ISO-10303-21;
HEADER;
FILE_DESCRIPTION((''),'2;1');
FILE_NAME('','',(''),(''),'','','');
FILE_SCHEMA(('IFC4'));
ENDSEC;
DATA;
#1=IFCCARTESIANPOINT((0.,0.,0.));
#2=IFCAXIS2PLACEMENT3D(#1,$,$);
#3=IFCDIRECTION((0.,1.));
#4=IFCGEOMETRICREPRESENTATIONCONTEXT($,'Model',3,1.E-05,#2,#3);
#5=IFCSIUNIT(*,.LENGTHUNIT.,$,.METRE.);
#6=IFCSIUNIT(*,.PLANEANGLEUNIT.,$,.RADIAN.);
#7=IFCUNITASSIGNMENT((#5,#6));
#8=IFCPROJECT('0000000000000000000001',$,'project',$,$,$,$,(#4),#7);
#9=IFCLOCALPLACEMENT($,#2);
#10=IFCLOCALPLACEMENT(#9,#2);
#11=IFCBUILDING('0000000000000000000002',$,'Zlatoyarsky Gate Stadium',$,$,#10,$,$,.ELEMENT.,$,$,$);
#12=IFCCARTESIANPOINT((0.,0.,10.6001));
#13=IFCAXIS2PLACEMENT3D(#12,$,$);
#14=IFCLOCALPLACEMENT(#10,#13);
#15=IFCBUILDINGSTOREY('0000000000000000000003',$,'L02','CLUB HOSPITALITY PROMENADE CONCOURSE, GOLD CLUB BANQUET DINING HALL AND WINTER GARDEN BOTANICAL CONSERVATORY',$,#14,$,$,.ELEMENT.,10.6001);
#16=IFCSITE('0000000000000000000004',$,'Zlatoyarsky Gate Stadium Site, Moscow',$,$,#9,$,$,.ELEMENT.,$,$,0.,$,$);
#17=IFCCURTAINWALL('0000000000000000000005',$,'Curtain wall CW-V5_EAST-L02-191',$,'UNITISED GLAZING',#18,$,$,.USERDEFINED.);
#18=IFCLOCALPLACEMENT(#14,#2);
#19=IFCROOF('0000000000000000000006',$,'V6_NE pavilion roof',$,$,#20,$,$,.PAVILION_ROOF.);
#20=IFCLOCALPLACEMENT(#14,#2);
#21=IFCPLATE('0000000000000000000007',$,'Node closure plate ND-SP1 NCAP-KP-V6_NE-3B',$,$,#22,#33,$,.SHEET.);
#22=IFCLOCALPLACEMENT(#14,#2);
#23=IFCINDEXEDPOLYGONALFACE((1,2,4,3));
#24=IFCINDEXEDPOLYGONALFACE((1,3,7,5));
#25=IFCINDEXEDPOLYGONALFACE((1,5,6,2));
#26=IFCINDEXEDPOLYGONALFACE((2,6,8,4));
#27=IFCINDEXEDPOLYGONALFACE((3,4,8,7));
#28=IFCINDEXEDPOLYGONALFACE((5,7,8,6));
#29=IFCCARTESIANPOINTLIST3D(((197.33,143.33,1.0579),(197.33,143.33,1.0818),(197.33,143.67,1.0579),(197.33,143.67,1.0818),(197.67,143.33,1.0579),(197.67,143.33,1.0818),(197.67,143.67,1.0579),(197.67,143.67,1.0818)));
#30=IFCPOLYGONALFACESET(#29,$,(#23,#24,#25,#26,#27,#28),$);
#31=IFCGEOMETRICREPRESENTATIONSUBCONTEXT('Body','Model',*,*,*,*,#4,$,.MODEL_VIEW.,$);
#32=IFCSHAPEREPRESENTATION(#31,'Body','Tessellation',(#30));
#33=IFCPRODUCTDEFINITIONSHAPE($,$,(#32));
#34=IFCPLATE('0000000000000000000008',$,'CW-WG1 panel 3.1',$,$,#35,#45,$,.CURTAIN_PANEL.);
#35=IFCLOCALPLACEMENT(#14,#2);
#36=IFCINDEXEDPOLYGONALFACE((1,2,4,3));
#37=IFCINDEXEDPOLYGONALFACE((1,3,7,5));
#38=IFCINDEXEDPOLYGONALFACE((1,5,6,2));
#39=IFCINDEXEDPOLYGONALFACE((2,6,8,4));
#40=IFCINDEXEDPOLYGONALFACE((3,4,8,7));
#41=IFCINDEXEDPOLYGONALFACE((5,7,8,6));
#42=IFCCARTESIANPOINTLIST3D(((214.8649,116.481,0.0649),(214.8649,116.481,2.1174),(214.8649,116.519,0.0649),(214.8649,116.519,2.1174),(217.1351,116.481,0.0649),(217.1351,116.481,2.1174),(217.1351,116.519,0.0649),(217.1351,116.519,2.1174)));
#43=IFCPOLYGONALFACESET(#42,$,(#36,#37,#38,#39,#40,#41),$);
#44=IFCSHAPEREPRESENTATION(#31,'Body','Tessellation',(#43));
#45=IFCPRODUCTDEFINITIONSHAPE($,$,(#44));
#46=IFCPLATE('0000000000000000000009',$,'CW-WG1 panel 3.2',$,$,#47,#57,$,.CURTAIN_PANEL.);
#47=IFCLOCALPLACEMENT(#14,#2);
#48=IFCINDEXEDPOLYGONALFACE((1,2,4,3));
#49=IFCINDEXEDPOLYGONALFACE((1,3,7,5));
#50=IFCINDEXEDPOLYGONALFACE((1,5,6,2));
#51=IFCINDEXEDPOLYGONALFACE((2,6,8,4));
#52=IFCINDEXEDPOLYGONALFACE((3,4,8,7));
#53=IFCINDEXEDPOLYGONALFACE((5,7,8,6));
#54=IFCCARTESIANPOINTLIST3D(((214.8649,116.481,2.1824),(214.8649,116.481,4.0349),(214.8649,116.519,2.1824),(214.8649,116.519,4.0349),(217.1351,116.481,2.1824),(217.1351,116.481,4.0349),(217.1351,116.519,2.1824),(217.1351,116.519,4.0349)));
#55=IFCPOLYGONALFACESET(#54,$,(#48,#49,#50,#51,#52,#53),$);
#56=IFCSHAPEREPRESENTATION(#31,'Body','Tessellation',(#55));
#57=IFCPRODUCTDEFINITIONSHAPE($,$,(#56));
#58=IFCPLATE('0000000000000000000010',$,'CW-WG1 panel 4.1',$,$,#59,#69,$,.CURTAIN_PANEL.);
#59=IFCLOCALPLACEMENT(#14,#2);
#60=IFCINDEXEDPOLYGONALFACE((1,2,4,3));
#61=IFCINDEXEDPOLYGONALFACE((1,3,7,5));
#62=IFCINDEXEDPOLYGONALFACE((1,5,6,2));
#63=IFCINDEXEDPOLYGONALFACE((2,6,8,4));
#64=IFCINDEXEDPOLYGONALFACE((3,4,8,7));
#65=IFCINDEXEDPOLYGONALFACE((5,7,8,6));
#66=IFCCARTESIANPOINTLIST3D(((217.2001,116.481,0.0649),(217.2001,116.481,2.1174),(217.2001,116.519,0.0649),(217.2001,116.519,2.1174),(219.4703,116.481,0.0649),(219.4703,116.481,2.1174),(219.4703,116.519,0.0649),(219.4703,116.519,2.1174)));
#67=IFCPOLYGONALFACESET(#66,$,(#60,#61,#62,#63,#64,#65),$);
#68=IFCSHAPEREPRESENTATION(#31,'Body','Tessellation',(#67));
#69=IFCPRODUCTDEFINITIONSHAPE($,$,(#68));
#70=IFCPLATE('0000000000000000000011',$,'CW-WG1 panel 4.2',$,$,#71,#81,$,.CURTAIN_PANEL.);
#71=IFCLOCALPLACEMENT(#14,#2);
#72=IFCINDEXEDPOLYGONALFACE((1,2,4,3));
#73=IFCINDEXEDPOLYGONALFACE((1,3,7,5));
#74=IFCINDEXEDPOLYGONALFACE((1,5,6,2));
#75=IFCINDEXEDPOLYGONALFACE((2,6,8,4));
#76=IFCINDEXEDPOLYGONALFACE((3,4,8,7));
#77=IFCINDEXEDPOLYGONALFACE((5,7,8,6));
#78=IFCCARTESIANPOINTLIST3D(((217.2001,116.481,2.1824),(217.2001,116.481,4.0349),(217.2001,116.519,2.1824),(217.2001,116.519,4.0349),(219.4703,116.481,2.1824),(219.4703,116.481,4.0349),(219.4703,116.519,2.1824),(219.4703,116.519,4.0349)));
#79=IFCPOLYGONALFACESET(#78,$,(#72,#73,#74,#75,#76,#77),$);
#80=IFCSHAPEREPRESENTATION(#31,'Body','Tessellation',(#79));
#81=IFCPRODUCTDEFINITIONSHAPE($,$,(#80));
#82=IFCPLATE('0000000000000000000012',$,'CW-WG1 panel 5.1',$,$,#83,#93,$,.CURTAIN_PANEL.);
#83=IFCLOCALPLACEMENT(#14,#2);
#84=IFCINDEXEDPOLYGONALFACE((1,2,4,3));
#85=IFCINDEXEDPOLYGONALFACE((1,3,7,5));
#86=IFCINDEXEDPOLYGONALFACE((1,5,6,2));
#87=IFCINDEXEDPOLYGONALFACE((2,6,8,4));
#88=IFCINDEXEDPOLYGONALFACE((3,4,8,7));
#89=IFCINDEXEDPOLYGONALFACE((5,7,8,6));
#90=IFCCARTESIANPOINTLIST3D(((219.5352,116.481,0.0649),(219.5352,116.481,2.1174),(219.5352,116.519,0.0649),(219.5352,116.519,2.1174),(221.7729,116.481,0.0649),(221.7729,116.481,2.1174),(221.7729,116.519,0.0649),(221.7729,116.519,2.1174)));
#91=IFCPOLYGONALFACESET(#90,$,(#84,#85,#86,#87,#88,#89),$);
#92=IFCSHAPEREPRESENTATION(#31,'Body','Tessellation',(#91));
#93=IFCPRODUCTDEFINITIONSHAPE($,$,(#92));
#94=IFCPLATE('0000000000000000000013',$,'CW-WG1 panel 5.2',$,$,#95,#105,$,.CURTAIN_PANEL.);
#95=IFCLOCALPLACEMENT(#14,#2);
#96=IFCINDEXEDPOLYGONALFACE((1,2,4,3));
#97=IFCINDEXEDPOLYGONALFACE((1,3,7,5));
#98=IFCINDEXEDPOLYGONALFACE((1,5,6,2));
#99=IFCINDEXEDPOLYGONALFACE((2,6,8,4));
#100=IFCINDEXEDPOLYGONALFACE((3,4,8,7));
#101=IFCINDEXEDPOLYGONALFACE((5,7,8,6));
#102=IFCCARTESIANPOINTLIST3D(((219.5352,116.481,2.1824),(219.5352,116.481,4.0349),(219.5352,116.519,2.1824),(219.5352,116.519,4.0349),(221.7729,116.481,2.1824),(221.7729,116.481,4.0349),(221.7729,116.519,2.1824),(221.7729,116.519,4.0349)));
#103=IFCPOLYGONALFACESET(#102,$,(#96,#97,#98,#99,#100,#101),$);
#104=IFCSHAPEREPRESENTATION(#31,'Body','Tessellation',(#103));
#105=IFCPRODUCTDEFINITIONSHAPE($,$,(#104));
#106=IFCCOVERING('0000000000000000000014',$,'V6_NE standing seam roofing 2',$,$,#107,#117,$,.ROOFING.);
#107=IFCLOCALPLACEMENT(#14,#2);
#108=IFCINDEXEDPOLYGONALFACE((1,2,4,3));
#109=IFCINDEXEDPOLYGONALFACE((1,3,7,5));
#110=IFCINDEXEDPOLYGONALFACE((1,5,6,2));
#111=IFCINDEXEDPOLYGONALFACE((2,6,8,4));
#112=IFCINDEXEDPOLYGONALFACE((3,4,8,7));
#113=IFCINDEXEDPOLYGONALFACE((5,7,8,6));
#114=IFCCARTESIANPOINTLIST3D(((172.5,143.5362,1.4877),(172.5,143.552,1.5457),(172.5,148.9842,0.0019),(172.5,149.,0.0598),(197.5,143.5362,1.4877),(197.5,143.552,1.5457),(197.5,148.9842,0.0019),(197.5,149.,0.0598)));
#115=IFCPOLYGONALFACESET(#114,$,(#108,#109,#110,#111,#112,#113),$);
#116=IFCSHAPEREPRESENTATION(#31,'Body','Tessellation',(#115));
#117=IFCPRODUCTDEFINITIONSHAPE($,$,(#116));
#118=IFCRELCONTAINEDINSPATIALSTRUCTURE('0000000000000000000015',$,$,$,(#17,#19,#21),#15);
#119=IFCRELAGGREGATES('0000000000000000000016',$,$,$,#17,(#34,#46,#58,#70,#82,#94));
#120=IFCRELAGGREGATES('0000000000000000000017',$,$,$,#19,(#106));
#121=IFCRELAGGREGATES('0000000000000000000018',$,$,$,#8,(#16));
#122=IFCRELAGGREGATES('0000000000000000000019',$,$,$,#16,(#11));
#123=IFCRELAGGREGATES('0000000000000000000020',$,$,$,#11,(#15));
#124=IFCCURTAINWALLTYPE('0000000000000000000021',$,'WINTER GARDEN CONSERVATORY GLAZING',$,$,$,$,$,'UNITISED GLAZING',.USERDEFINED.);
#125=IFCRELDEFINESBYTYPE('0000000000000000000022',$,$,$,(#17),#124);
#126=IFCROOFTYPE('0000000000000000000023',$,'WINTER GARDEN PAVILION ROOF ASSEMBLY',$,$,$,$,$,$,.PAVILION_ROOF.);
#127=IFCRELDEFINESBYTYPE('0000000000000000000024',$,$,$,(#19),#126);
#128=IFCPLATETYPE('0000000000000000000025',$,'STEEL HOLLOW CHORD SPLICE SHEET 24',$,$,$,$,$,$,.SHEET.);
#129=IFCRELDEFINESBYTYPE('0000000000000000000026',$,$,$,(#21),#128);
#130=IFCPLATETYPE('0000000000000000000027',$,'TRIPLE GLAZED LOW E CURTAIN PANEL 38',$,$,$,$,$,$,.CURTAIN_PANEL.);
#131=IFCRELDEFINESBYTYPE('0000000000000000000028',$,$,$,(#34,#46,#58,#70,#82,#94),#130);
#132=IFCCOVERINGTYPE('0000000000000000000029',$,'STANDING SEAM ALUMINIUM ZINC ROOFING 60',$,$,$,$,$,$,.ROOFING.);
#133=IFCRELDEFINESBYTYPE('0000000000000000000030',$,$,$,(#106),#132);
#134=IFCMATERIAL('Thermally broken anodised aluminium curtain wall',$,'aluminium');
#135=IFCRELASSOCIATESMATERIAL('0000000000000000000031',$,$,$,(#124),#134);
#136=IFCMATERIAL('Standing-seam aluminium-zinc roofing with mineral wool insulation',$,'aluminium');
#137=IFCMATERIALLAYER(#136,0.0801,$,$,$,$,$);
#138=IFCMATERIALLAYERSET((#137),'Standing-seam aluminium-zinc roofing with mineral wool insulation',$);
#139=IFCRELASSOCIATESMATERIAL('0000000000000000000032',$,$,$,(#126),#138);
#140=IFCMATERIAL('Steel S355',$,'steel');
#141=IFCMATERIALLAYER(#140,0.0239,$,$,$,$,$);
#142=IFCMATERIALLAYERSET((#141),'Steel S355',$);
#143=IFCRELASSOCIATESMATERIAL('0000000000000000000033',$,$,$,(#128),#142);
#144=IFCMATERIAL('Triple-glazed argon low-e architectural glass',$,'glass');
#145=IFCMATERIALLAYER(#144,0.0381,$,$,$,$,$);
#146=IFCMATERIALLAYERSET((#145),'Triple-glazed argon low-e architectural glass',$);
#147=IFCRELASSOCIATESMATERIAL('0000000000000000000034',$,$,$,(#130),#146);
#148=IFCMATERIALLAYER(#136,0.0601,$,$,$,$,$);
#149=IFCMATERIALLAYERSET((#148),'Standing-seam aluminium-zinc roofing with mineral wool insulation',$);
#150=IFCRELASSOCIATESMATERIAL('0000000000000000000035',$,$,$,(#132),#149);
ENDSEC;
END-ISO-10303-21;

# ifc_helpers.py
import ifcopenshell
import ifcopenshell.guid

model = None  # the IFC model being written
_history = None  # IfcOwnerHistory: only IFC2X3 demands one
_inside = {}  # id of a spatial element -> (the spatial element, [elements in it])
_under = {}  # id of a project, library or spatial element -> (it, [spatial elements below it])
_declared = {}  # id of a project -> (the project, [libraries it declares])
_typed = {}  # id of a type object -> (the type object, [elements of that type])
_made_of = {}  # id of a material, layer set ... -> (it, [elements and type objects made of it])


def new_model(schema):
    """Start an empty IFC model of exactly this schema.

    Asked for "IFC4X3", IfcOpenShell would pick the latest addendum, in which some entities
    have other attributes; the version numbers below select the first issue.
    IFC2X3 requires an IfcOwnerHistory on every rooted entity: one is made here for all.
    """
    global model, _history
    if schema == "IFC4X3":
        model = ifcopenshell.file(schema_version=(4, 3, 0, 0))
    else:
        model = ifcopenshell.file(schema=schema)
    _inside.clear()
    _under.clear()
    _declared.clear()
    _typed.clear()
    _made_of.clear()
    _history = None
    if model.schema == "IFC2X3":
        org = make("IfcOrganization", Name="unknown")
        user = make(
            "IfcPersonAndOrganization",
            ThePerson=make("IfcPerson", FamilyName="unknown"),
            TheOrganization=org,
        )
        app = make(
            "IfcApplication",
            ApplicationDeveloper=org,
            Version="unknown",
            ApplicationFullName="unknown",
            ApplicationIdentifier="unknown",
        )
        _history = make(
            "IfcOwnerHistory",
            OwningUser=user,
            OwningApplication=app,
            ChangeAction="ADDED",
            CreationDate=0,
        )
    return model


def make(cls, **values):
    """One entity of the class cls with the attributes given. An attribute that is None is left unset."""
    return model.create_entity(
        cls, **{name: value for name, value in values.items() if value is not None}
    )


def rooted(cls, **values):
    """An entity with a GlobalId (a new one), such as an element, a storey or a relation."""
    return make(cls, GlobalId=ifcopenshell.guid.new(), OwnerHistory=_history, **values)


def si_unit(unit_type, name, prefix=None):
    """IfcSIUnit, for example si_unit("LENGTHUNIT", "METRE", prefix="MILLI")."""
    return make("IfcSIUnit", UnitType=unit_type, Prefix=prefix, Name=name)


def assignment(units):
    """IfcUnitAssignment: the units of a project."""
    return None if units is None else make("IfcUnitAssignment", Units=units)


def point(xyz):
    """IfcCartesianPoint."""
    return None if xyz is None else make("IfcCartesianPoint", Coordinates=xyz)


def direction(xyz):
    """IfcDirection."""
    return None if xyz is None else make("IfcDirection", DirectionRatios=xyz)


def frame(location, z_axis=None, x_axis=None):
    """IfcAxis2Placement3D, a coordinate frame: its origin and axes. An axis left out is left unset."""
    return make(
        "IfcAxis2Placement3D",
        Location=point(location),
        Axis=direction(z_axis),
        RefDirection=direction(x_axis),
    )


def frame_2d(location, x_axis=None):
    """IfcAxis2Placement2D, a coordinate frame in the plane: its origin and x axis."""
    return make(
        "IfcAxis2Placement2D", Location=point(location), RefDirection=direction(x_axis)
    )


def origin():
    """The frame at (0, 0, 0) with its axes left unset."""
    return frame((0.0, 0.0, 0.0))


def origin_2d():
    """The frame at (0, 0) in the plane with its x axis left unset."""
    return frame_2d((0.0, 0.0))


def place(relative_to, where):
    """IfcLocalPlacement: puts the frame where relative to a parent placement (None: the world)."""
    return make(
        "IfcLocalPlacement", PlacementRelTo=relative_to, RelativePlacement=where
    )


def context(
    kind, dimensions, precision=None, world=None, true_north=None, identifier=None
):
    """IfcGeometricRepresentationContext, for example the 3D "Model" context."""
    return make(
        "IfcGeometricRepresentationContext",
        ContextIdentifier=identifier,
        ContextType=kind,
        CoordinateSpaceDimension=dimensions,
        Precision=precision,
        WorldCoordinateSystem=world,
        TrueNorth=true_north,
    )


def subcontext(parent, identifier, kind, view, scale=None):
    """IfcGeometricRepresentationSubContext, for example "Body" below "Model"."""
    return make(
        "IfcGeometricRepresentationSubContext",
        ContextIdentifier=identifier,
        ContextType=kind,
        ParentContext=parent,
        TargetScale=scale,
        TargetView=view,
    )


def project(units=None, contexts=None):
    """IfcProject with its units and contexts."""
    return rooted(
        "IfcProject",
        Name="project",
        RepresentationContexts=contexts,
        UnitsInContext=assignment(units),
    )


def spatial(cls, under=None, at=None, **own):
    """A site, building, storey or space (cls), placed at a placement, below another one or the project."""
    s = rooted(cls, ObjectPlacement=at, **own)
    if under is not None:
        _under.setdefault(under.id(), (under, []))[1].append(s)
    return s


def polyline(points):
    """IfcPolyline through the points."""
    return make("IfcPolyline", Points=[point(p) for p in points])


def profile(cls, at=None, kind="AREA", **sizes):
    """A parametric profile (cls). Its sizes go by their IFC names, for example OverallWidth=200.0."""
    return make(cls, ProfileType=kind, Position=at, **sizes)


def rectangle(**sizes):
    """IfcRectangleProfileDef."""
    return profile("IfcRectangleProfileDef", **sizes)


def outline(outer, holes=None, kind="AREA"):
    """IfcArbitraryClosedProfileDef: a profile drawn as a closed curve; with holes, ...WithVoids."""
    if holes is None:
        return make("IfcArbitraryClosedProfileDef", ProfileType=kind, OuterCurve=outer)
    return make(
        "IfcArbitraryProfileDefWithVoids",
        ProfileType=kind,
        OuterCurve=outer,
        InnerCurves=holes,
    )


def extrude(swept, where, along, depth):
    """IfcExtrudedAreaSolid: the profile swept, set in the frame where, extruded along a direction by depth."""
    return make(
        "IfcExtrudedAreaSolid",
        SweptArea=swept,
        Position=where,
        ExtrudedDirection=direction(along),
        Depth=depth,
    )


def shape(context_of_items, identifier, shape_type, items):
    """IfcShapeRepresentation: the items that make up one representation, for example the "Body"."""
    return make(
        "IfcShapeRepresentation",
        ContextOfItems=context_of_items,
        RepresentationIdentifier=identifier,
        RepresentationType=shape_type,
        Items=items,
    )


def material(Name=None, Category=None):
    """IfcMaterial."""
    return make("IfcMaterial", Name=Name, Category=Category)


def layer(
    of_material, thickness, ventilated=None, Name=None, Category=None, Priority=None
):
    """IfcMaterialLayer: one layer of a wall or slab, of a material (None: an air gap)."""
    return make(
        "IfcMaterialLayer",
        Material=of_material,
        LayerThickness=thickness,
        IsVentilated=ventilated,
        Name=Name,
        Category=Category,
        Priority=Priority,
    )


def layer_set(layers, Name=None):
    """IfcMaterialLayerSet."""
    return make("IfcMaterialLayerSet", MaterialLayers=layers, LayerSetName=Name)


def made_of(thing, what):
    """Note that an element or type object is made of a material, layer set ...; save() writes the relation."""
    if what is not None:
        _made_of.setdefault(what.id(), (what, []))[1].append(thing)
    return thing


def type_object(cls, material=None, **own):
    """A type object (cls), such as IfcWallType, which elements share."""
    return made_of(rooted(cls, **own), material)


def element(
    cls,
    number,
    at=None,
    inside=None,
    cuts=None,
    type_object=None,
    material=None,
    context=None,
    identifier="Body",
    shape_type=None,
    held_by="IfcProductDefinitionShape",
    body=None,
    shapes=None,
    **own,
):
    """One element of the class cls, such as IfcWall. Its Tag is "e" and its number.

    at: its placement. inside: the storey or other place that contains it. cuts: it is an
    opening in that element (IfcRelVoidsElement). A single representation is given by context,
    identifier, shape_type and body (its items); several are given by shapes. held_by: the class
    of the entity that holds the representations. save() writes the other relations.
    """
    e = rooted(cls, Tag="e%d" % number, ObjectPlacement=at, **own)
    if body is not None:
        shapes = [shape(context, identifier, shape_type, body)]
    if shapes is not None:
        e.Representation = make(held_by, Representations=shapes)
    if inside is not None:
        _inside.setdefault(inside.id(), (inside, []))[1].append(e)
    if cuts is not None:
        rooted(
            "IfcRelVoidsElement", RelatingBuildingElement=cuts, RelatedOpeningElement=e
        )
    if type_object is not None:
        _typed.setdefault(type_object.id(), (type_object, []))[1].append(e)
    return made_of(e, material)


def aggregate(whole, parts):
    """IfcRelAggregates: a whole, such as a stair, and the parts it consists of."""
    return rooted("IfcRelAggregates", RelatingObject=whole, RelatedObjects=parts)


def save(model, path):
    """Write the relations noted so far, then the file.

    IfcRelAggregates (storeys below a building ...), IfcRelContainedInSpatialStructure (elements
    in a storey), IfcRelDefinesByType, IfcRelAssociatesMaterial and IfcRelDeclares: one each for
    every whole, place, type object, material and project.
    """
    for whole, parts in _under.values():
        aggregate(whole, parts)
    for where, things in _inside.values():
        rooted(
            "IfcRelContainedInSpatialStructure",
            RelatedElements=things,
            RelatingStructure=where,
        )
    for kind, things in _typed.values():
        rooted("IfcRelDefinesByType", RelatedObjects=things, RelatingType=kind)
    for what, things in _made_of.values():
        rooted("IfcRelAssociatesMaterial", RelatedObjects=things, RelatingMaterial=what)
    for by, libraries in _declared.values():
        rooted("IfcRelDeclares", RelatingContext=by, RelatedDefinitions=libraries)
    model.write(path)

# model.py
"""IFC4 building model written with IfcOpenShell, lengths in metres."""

from ifc_helpers import new_model, si_unit, direction, frame, origin, origin_2d, place, context, subcontext, project, spatial, polyline, rectangle, outline, extrude, material, layer, layer_set, type_object, element, aggregate, save


model = new_model("IFC4")

# Units and contexts
model_context = context("Model", 3, precision=1e-05, world=origin(), true_north=direction((0.0, 1.0)))
body_context = subcontext(model_context, "Body", "Model", "MODEL_VIEW")
ifc_project = project(units=[si_unit("LENGTHUNIT", "METRE"), si_unit("PLANEANGLEUNIT", "RADIAN")], contexts=[model_context])

# Site, building, storey
site_placement = place(None, origin())
site = spatial("IfcSite", under=ifc_project, at=site_placement, Name="Zlatoyarsky Gate Stadium Site, Moscow", CompositionType="ELEMENT", RefElevation=0.0)
building_placement = place(site_placement, origin())
building = spatial("IfcBuilding", under=site, at=building_placement, Name="Zlatoyarsky Gate Stadium", CompositionType="ELEMENT")
storey_placement = place(building_placement, frame((0.0, 0.0, 10.6001)))
storey = spatial("IfcBuildingStorey", under=building, at=storey_placement, Name="L02", Description="CLUB HOSPITALITY PROMENADE CONCOURSE, GOLD CLUB BANQUET DINING HALL AND WINTER GARDEN BOTANICAL CONSERVATORY", CompositionType="ELEMENT", Elevation=10.6001)

# Shared definitions
ifc_material_1 = material(Name="Steel S355", Category="steel")

# Curtain wall
ifc_material_2 = material(Name="Thermally broken anodised aluminium curtain wall", Category="aluminium")
curtain_wall_type = type_object("IfcCurtainWallType", Name="WINTER GARDEN CONSERVATORY GLAZING", ElementType="UNITISED GLAZING", PredefinedType="USERDEFINED", material=ifc_material_2)
curtain_wall_placement = place(storey_placement, origin())
curtain_wall = element("IfcCurtainWall", 1, at=curtain_wall_placement, inside=storey, type_object=curtain_wall_type, Name="Curtain wall CW-V5_EAST-L02-191", ObjectType="UNITISED GLAZING", PredefinedType="USERDEFINED")

# Roof
ifc_material_3 = material(Name="Standing-seam aluminium-zinc roofing with mineral wool insulation", Category="aluminium")
ifc_layer_1 = layer(ifc_material_3, 0.0801)
ifc_layer_set_1 = layer_set([ifc_layer_1], Name="Standing-seam aluminium-zinc roofing with mineral wool insulation")
roof_type = type_object("IfcRoofType", Name="WINTER GARDEN PAVILION ROOF ASSEMBLY", PredefinedType="PAVILION_ROOF", material=ifc_layer_set_1)
roof_placement = place(storey_placement, origin())
roof = element("IfcRoof", 2, at=roof_placement, inside=storey, type_object=roof_type, Name="V6_NE pavilion roof", PredefinedType="PAVILION_ROOF")

# Plate
ifc_layer_2 = layer(ifc_material_1, 0.0239)
ifc_layer_set_2 = layer_set([ifc_layer_2], Name="Steel S355")
plate_type_1 = type_object("IfcPlateType", Name="STEEL HOLLOW CHORD SPLICE SHEET 24", PredefinedType="SHEET", material=ifc_layer_set_2)
for number, where, z_axis, x_axis, name in (
    (3, (197.5, 143.5, 1.0579), (0.0, 0.0, 1.0), (1.0, 0.0, 0.0), "Node closure plate ND-SP1 NCAP-KP-V6_NE-3B"),
):
    element("IfcPlate", number, at=place(storey_placement, frame(where, z_axis=z_axis, x_axis=x_axis)), inside=storey, type_object=plate_type_1, Name=name, PredefinedType="SHEET", context=body_context, shape_type="SweptSolid", body=[
        extrude(rectangle(XDim=0.3401, YDim=0.3401, at=origin_2d()), origin(), (0.0, 0.0, 1.0), 0.0239),
    ])

# Plates
ifc_material_4 = material(Name="Triple-glazed argon low-e architectural glass", Category="glass")
ifc_layer_3 = layer(ifc_material_4, 0.0381)
ifc_layer_set_3 = layer_set([ifc_layer_3], Name="Triple-glazed argon low-e architectural glass")
plate_type_2 = type_object("IfcPlateType", Name="TRIPLE GLAZED LOW E CURTAIN PANEL 38", PredefinedType="CURTAIN_PANEL", material=ifc_layer_set_3)
plate_1_placement = place(storey_placement, frame((216.0, 116.5, 0.0649), z_axis=(0.0, 0.0, 1.0), x_axis=(1.0, 0.0, 0.0)))
plate_1 = element("IfcPlate", 4, at=plate_1_placement, type_object=plate_type_2, Name="CW-WG1 panel 3.1", PredefinedType="CURTAIN_PANEL", context=body_context, shape_type="SweptSolid", body=[
    extrude(rectangle(XDim=2.2703, YDim=0.0381, at=origin_2d()), origin(), (0.0, 0.0, 1.0), 2.0525),
])
plate_2_placement = place(storey_placement, frame((216.0, 116.5, 2.1824), z_axis=(0.0, 0.0, 1.0), x_axis=(1.0, 0.0, 0.0)))
plate_2 = element("IfcPlate", 5, at=plate_2_placement, type_object=plate_type_2, Name="CW-WG1 panel 3.2", PredefinedType="CURTAIN_PANEL", context=body_context, shape_type="SweptSolid", body=[
    extrude(rectangle(XDim=2.2703, YDim=0.0381, at=origin_2d()), origin(), (0.0, 0.0, 1.0), 1.8525),
])
plate_3_placement = place(storey_placement, frame((218.3352, 116.5, 0.0649), z_axis=(0.0, 0.0, 1.0), x_axis=(1.0, 0.0, 0.0)))
plate_3 = element("IfcPlate", 6, at=plate_3_placement, type_object=plate_type_2, Name="CW-WG1 panel 4.1", PredefinedType="CURTAIN_PANEL", context=body_context, shape_type="SweptSolid", body=[
    extrude(rectangle(XDim=2.2703, YDim=0.0381, at=origin_2d()), origin(), (0.0, 0.0, 1.0), 2.0525),
])
plate_4_placement = place(storey_placement, frame((218.3352, 116.5, 2.1824), z_axis=(0.0, 0.0, 1.0), x_axis=(1.0, 0.0, 0.0)))
plate_4 = element("IfcPlate", 7, at=plate_4_placement, type_object=plate_type_2, Name="CW-WG1 panel 4.2", PredefinedType="CURTAIN_PANEL", context=body_context, shape_type="SweptSolid", body=[
    extrude(rectangle(XDim=2.2703, YDim=0.0381, at=origin_2d()), origin(), (0.0, 0.0, 1.0), 1.8525),
])
plate_5_placement = place(storey_placement, frame((220.6541, 116.5, 0.0649), z_axis=(0.0, 0.0, 1.0), x_axis=(1.0, 0.0, 0.0)))
plate_5 = element("IfcPlate", 8, at=plate_5_placement, type_object=plate_type_2, Name="CW-WG1 panel 5.1", PredefinedType="CURTAIN_PANEL", context=body_context, shape_type="SweptSolid", body=[
    extrude(rectangle(XDim=2.2378, YDim=0.0381, at=origin_2d()), origin(), (0.0, 0.0, 1.0), 2.0525),
])
plate_6_placement = place(storey_placement, frame((220.6541, 116.5, 2.1824), z_axis=(0.0, 0.0, 1.0), x_axis=(1.0, 0.0, 0.0)))
plate_6 = element("IfcPlate", 9, at=plate_6_placement, type_object=plate_type_2, Name="CW-WG1 panel 5.2", PredefinedType="CURTAIN_PANEL", context=body_context, shape_type="SweptSolid", body=[
    extrude(rectangle(XDim=2.2378, YDim=0.0381, at=origin_2d()), origin(), (0.0, 0.0, 1.0), 1.8525),
])
aggregate(curtain_wall, [plate_1, plate_2, plate_3, plate_4, plate_5, plate_6])

# Covering
ifc_layer_4 = layer(ifc_material_3, 0.0601)
ifc_layer_set_4 = layer_set([ifc_layer_4], Name="Standing-seam aluminium-zinc roofing with mineral wool insulation")
covering_type = type_object("IfcCoveringType", Name="STANDING SEAM ALUMINIUM ZINC ROOFING 60", PredefinedType="ROOFING", material=ifc_layer_set_4)
covering_placement = place(storey_placement, frame((197.5, 149.0, 0.0598), z_axis=(0.0, 0.263121, 0.964763), x_axis=(-1.0, 0.0, 0.0)))
covering = element("IfcCovering", 10, at=covering_placement, type_object=covering_type, Name="V6_NE standing seam roofing 2", PredefinedType="ROOFING", context=body_context, shape_type="SweptSolid", body=[
    extrude(outline(polyline([(0.0, 0.0), (25.0, 0.0), (25.0, 5.647), (0.0, 5.647), (0.0, 0.0)])), origin(), (0.0, 0.0, -1.0), 0.0601),
])
aggregate(roof, [covering])

save(model, "model.ifc")
